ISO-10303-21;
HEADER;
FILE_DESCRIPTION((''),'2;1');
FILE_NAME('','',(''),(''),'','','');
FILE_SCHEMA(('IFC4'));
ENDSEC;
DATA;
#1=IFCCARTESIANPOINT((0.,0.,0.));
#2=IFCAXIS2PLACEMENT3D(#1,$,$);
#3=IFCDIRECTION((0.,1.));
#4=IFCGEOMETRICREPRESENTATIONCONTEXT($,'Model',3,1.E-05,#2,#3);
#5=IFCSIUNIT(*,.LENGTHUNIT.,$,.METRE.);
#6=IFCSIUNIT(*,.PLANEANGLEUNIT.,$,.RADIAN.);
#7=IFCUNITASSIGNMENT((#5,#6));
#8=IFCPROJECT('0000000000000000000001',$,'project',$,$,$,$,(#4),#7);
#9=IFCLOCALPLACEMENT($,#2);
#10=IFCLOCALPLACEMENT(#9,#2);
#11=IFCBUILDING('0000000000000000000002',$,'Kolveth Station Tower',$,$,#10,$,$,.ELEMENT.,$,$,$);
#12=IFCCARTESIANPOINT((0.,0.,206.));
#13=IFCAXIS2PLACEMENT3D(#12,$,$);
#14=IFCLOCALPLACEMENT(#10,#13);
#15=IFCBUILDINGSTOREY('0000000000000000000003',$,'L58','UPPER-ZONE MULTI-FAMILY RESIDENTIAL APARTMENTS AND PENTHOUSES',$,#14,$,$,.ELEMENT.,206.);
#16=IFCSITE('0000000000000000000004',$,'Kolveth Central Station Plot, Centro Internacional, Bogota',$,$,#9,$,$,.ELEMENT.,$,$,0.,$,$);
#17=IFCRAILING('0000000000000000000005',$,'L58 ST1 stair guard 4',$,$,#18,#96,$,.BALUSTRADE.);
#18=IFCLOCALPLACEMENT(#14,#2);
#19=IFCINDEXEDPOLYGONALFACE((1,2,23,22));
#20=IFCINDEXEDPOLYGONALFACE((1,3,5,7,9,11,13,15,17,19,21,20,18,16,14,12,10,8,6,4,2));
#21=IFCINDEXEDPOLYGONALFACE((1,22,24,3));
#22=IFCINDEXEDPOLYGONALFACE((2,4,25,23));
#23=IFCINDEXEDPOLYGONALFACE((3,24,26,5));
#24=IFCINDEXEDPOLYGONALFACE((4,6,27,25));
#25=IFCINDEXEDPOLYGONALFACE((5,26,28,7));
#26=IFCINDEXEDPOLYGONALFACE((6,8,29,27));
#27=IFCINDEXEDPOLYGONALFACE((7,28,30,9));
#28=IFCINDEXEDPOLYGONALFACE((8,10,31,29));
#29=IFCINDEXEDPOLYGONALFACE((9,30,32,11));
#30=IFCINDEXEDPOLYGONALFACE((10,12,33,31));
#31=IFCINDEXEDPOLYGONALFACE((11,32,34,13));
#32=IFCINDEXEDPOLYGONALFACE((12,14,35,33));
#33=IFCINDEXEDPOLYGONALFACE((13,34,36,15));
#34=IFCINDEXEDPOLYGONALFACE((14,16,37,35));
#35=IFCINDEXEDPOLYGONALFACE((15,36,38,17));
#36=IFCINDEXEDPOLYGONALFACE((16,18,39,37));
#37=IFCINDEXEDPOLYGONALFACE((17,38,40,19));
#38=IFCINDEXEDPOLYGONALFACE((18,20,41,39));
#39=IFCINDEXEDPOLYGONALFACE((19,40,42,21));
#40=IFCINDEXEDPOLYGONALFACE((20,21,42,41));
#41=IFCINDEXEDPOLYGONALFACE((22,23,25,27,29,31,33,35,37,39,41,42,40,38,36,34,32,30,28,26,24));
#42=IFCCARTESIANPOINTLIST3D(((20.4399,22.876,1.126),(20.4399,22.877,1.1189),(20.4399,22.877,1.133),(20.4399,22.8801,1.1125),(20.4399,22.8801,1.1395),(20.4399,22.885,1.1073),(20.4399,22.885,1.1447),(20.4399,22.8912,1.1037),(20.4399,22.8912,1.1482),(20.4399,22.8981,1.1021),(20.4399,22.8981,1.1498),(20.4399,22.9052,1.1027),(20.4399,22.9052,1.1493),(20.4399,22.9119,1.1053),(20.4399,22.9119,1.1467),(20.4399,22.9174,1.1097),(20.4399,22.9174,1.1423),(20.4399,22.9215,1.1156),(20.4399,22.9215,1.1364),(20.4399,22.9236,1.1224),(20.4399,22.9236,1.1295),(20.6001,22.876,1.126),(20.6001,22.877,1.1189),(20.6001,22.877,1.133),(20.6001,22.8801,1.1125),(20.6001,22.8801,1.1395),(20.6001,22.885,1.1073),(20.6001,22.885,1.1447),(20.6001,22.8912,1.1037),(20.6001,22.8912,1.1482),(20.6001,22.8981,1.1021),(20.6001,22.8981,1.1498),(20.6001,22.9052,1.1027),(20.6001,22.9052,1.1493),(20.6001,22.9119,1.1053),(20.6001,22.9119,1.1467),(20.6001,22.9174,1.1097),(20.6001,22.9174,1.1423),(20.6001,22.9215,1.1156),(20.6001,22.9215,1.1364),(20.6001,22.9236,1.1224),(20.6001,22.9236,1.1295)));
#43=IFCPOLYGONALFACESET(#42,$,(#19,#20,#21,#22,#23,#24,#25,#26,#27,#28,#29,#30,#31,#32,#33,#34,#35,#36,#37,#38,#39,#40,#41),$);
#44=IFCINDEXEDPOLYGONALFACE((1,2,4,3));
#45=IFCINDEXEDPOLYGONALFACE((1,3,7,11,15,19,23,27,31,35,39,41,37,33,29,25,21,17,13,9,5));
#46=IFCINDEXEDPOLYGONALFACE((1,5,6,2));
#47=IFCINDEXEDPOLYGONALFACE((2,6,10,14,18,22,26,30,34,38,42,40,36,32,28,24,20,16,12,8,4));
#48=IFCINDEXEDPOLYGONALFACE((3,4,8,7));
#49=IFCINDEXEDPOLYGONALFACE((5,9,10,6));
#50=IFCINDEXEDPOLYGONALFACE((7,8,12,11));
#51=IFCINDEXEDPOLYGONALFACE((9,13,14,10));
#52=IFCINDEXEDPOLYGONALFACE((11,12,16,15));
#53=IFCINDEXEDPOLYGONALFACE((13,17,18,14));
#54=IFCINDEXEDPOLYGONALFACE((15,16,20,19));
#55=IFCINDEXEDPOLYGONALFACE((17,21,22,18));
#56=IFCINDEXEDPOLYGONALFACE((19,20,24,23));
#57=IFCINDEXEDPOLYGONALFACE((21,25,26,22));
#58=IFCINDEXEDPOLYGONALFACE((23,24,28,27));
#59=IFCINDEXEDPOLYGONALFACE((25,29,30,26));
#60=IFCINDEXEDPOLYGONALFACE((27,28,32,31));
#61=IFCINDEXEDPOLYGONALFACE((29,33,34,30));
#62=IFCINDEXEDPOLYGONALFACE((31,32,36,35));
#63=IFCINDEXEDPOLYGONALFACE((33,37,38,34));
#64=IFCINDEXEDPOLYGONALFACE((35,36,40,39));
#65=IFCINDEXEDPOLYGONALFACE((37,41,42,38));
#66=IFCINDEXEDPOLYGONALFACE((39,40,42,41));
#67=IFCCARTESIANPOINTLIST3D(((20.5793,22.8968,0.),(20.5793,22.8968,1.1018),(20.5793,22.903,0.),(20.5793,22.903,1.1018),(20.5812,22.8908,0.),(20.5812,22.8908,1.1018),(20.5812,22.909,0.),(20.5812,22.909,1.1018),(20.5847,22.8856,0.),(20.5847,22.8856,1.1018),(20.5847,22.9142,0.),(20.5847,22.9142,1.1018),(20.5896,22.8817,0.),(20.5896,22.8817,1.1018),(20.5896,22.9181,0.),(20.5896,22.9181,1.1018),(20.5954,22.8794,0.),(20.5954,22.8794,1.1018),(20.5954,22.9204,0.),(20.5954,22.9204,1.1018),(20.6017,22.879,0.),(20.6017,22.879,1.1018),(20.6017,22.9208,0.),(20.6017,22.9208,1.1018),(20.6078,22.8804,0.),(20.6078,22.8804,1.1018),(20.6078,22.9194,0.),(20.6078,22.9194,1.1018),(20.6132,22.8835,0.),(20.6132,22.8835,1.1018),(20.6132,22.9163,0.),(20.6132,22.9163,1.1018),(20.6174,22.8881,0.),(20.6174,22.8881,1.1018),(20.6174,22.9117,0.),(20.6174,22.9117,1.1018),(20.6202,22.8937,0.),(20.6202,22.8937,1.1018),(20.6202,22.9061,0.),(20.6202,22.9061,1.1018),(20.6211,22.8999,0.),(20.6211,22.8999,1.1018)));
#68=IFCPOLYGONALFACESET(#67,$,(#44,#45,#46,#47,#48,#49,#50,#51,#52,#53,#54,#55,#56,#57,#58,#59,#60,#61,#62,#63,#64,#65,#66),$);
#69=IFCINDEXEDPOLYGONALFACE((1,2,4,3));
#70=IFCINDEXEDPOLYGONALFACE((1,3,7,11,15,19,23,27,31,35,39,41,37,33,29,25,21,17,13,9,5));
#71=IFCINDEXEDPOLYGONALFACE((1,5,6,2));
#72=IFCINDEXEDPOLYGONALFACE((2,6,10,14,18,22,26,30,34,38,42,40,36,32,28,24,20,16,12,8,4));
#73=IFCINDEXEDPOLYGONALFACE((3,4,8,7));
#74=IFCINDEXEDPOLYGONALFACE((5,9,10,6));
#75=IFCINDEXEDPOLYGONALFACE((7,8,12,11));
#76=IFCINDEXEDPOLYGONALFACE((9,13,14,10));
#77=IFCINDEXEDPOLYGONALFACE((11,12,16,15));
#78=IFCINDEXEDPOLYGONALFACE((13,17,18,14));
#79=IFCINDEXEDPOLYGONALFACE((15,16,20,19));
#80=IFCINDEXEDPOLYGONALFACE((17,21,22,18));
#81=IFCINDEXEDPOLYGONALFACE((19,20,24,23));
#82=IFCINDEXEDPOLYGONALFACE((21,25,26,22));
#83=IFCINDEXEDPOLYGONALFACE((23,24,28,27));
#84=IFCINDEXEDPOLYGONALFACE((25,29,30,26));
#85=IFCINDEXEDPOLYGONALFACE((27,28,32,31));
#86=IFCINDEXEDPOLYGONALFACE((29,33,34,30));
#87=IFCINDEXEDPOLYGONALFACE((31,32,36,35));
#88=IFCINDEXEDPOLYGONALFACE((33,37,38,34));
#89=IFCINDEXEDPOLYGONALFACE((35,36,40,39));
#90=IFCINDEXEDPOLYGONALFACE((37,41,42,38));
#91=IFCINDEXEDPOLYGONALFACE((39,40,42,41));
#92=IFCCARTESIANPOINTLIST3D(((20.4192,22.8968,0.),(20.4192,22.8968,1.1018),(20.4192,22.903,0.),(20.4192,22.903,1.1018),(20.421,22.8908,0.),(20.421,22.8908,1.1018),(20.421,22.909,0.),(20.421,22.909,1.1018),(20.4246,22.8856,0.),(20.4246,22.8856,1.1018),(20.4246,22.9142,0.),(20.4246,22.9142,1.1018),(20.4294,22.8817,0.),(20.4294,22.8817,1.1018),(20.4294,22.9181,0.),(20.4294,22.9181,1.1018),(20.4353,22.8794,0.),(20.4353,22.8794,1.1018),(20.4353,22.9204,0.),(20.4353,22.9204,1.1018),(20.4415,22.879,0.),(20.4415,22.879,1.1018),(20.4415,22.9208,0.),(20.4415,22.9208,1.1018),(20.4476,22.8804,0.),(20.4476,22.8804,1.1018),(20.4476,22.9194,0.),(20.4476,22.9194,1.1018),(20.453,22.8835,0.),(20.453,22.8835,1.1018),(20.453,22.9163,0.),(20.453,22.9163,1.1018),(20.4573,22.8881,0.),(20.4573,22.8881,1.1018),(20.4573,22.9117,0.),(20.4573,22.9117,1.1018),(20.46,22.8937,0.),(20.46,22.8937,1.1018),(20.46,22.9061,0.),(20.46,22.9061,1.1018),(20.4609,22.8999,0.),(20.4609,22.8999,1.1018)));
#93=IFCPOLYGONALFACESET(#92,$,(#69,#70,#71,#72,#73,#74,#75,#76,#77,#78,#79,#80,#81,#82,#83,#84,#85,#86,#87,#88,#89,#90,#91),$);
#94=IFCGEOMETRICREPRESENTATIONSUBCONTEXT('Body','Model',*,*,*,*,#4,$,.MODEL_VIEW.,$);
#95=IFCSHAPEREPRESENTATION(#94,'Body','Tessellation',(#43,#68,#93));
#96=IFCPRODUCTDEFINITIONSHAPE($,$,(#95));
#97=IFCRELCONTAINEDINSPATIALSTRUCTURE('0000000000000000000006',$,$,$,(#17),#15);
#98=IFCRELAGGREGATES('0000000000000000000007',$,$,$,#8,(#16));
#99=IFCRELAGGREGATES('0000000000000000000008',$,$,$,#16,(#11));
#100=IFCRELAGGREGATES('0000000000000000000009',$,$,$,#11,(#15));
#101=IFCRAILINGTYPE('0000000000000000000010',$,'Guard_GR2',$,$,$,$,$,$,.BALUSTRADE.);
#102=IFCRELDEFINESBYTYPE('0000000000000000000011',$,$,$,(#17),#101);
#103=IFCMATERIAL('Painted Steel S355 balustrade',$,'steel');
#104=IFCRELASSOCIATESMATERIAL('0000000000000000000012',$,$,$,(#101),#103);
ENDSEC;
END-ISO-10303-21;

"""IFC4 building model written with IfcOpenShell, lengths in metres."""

from ifc_helpers import new_model, si_unit, direction, frame, origin, origin_2d, place, context, subcontext, project, spatial, circle, extrude, material, type_object, element, save


model = new_model("IFC4")

# Units and contexts
model_context = context("Model", 3, precision=1e-05, world=origin(), true_north=direction((0.0, 1.0)))
body_context = subcontext(model_context, "Body", "Model", "MODEL_VIEW")
ifc_project = project(units=[si_unit("LENGTHUNIT", "METRE"), si_unit("PLANEANGLEUNIT", "RADIAN")], contexts=[model_context])

# Site, building, storey
site_placement = place(None, origin())
site = spatial("IfcSite", under=ifc_project, at=site_placement, Name="Kolveth Central Station Plot, Centro Internacional, Bogota", CompositionType="ELEMENT", RefElevation=0.0)
building_placement = place(site_placement, origin())
building = spatial("IfcBuilding", under=site, at=building_placement, Name="Kolveth Station Tower", CompositionType="ELEMENT")
storey_placement = place(building_placement, frame((0.0, 0.0, 206.0)))
storey = spatial("IfcBuildingStorey", under=building, at=storey_placement, Name="L58", Description="UPPER-ZONE MULTI-FAMILY RESIDENTIAL APARTMENTS AND PENTHOUSES", CompositionType="ELEMENT", Elevation=206.0)

# Railing
ifc_material_1 = material(Name="Painted Steel S355 balustrade", Category="steel")
railing_type_1 = type_object("IfcRailingType", Name="Guard_GR2", PredefinedType="BALUSTRADE", material=ifc_material_1)
railing_1_placement = place(storey_placement, frame((20.6001, 22.8999, 0.0)))
element("IfcRailing", 1, at=railing_1_placement, inside=storey, type_object=railing_type_1, Name="L58 ST1 stair guard 4", PredefinedType="BALUSTRADE", context=body_context, shape_type="SweptSolid", body=[
    extrude(circle(Radius=0.0239, at=origin_2d()), frame((0.0, 0.0, 1.126), z_axis=(-1.0, 0.0, 0.0), x_axis=(0.0, -1.0, 0.0)), (0.0, 0.0, 1.0), 0.1602),
    extrude(circle(Radius=0.021, at=origin_2d()), origin(), (0.0, 0.0, 1.0), 1.1018),
    extrude(circle(Radius=0.021, at=origin_2d()), frame((-0.1602, 0.0, 0.0)), (0.0, 0.0, 1.0), 1.1018),
])

save(model, "model.ifc")
